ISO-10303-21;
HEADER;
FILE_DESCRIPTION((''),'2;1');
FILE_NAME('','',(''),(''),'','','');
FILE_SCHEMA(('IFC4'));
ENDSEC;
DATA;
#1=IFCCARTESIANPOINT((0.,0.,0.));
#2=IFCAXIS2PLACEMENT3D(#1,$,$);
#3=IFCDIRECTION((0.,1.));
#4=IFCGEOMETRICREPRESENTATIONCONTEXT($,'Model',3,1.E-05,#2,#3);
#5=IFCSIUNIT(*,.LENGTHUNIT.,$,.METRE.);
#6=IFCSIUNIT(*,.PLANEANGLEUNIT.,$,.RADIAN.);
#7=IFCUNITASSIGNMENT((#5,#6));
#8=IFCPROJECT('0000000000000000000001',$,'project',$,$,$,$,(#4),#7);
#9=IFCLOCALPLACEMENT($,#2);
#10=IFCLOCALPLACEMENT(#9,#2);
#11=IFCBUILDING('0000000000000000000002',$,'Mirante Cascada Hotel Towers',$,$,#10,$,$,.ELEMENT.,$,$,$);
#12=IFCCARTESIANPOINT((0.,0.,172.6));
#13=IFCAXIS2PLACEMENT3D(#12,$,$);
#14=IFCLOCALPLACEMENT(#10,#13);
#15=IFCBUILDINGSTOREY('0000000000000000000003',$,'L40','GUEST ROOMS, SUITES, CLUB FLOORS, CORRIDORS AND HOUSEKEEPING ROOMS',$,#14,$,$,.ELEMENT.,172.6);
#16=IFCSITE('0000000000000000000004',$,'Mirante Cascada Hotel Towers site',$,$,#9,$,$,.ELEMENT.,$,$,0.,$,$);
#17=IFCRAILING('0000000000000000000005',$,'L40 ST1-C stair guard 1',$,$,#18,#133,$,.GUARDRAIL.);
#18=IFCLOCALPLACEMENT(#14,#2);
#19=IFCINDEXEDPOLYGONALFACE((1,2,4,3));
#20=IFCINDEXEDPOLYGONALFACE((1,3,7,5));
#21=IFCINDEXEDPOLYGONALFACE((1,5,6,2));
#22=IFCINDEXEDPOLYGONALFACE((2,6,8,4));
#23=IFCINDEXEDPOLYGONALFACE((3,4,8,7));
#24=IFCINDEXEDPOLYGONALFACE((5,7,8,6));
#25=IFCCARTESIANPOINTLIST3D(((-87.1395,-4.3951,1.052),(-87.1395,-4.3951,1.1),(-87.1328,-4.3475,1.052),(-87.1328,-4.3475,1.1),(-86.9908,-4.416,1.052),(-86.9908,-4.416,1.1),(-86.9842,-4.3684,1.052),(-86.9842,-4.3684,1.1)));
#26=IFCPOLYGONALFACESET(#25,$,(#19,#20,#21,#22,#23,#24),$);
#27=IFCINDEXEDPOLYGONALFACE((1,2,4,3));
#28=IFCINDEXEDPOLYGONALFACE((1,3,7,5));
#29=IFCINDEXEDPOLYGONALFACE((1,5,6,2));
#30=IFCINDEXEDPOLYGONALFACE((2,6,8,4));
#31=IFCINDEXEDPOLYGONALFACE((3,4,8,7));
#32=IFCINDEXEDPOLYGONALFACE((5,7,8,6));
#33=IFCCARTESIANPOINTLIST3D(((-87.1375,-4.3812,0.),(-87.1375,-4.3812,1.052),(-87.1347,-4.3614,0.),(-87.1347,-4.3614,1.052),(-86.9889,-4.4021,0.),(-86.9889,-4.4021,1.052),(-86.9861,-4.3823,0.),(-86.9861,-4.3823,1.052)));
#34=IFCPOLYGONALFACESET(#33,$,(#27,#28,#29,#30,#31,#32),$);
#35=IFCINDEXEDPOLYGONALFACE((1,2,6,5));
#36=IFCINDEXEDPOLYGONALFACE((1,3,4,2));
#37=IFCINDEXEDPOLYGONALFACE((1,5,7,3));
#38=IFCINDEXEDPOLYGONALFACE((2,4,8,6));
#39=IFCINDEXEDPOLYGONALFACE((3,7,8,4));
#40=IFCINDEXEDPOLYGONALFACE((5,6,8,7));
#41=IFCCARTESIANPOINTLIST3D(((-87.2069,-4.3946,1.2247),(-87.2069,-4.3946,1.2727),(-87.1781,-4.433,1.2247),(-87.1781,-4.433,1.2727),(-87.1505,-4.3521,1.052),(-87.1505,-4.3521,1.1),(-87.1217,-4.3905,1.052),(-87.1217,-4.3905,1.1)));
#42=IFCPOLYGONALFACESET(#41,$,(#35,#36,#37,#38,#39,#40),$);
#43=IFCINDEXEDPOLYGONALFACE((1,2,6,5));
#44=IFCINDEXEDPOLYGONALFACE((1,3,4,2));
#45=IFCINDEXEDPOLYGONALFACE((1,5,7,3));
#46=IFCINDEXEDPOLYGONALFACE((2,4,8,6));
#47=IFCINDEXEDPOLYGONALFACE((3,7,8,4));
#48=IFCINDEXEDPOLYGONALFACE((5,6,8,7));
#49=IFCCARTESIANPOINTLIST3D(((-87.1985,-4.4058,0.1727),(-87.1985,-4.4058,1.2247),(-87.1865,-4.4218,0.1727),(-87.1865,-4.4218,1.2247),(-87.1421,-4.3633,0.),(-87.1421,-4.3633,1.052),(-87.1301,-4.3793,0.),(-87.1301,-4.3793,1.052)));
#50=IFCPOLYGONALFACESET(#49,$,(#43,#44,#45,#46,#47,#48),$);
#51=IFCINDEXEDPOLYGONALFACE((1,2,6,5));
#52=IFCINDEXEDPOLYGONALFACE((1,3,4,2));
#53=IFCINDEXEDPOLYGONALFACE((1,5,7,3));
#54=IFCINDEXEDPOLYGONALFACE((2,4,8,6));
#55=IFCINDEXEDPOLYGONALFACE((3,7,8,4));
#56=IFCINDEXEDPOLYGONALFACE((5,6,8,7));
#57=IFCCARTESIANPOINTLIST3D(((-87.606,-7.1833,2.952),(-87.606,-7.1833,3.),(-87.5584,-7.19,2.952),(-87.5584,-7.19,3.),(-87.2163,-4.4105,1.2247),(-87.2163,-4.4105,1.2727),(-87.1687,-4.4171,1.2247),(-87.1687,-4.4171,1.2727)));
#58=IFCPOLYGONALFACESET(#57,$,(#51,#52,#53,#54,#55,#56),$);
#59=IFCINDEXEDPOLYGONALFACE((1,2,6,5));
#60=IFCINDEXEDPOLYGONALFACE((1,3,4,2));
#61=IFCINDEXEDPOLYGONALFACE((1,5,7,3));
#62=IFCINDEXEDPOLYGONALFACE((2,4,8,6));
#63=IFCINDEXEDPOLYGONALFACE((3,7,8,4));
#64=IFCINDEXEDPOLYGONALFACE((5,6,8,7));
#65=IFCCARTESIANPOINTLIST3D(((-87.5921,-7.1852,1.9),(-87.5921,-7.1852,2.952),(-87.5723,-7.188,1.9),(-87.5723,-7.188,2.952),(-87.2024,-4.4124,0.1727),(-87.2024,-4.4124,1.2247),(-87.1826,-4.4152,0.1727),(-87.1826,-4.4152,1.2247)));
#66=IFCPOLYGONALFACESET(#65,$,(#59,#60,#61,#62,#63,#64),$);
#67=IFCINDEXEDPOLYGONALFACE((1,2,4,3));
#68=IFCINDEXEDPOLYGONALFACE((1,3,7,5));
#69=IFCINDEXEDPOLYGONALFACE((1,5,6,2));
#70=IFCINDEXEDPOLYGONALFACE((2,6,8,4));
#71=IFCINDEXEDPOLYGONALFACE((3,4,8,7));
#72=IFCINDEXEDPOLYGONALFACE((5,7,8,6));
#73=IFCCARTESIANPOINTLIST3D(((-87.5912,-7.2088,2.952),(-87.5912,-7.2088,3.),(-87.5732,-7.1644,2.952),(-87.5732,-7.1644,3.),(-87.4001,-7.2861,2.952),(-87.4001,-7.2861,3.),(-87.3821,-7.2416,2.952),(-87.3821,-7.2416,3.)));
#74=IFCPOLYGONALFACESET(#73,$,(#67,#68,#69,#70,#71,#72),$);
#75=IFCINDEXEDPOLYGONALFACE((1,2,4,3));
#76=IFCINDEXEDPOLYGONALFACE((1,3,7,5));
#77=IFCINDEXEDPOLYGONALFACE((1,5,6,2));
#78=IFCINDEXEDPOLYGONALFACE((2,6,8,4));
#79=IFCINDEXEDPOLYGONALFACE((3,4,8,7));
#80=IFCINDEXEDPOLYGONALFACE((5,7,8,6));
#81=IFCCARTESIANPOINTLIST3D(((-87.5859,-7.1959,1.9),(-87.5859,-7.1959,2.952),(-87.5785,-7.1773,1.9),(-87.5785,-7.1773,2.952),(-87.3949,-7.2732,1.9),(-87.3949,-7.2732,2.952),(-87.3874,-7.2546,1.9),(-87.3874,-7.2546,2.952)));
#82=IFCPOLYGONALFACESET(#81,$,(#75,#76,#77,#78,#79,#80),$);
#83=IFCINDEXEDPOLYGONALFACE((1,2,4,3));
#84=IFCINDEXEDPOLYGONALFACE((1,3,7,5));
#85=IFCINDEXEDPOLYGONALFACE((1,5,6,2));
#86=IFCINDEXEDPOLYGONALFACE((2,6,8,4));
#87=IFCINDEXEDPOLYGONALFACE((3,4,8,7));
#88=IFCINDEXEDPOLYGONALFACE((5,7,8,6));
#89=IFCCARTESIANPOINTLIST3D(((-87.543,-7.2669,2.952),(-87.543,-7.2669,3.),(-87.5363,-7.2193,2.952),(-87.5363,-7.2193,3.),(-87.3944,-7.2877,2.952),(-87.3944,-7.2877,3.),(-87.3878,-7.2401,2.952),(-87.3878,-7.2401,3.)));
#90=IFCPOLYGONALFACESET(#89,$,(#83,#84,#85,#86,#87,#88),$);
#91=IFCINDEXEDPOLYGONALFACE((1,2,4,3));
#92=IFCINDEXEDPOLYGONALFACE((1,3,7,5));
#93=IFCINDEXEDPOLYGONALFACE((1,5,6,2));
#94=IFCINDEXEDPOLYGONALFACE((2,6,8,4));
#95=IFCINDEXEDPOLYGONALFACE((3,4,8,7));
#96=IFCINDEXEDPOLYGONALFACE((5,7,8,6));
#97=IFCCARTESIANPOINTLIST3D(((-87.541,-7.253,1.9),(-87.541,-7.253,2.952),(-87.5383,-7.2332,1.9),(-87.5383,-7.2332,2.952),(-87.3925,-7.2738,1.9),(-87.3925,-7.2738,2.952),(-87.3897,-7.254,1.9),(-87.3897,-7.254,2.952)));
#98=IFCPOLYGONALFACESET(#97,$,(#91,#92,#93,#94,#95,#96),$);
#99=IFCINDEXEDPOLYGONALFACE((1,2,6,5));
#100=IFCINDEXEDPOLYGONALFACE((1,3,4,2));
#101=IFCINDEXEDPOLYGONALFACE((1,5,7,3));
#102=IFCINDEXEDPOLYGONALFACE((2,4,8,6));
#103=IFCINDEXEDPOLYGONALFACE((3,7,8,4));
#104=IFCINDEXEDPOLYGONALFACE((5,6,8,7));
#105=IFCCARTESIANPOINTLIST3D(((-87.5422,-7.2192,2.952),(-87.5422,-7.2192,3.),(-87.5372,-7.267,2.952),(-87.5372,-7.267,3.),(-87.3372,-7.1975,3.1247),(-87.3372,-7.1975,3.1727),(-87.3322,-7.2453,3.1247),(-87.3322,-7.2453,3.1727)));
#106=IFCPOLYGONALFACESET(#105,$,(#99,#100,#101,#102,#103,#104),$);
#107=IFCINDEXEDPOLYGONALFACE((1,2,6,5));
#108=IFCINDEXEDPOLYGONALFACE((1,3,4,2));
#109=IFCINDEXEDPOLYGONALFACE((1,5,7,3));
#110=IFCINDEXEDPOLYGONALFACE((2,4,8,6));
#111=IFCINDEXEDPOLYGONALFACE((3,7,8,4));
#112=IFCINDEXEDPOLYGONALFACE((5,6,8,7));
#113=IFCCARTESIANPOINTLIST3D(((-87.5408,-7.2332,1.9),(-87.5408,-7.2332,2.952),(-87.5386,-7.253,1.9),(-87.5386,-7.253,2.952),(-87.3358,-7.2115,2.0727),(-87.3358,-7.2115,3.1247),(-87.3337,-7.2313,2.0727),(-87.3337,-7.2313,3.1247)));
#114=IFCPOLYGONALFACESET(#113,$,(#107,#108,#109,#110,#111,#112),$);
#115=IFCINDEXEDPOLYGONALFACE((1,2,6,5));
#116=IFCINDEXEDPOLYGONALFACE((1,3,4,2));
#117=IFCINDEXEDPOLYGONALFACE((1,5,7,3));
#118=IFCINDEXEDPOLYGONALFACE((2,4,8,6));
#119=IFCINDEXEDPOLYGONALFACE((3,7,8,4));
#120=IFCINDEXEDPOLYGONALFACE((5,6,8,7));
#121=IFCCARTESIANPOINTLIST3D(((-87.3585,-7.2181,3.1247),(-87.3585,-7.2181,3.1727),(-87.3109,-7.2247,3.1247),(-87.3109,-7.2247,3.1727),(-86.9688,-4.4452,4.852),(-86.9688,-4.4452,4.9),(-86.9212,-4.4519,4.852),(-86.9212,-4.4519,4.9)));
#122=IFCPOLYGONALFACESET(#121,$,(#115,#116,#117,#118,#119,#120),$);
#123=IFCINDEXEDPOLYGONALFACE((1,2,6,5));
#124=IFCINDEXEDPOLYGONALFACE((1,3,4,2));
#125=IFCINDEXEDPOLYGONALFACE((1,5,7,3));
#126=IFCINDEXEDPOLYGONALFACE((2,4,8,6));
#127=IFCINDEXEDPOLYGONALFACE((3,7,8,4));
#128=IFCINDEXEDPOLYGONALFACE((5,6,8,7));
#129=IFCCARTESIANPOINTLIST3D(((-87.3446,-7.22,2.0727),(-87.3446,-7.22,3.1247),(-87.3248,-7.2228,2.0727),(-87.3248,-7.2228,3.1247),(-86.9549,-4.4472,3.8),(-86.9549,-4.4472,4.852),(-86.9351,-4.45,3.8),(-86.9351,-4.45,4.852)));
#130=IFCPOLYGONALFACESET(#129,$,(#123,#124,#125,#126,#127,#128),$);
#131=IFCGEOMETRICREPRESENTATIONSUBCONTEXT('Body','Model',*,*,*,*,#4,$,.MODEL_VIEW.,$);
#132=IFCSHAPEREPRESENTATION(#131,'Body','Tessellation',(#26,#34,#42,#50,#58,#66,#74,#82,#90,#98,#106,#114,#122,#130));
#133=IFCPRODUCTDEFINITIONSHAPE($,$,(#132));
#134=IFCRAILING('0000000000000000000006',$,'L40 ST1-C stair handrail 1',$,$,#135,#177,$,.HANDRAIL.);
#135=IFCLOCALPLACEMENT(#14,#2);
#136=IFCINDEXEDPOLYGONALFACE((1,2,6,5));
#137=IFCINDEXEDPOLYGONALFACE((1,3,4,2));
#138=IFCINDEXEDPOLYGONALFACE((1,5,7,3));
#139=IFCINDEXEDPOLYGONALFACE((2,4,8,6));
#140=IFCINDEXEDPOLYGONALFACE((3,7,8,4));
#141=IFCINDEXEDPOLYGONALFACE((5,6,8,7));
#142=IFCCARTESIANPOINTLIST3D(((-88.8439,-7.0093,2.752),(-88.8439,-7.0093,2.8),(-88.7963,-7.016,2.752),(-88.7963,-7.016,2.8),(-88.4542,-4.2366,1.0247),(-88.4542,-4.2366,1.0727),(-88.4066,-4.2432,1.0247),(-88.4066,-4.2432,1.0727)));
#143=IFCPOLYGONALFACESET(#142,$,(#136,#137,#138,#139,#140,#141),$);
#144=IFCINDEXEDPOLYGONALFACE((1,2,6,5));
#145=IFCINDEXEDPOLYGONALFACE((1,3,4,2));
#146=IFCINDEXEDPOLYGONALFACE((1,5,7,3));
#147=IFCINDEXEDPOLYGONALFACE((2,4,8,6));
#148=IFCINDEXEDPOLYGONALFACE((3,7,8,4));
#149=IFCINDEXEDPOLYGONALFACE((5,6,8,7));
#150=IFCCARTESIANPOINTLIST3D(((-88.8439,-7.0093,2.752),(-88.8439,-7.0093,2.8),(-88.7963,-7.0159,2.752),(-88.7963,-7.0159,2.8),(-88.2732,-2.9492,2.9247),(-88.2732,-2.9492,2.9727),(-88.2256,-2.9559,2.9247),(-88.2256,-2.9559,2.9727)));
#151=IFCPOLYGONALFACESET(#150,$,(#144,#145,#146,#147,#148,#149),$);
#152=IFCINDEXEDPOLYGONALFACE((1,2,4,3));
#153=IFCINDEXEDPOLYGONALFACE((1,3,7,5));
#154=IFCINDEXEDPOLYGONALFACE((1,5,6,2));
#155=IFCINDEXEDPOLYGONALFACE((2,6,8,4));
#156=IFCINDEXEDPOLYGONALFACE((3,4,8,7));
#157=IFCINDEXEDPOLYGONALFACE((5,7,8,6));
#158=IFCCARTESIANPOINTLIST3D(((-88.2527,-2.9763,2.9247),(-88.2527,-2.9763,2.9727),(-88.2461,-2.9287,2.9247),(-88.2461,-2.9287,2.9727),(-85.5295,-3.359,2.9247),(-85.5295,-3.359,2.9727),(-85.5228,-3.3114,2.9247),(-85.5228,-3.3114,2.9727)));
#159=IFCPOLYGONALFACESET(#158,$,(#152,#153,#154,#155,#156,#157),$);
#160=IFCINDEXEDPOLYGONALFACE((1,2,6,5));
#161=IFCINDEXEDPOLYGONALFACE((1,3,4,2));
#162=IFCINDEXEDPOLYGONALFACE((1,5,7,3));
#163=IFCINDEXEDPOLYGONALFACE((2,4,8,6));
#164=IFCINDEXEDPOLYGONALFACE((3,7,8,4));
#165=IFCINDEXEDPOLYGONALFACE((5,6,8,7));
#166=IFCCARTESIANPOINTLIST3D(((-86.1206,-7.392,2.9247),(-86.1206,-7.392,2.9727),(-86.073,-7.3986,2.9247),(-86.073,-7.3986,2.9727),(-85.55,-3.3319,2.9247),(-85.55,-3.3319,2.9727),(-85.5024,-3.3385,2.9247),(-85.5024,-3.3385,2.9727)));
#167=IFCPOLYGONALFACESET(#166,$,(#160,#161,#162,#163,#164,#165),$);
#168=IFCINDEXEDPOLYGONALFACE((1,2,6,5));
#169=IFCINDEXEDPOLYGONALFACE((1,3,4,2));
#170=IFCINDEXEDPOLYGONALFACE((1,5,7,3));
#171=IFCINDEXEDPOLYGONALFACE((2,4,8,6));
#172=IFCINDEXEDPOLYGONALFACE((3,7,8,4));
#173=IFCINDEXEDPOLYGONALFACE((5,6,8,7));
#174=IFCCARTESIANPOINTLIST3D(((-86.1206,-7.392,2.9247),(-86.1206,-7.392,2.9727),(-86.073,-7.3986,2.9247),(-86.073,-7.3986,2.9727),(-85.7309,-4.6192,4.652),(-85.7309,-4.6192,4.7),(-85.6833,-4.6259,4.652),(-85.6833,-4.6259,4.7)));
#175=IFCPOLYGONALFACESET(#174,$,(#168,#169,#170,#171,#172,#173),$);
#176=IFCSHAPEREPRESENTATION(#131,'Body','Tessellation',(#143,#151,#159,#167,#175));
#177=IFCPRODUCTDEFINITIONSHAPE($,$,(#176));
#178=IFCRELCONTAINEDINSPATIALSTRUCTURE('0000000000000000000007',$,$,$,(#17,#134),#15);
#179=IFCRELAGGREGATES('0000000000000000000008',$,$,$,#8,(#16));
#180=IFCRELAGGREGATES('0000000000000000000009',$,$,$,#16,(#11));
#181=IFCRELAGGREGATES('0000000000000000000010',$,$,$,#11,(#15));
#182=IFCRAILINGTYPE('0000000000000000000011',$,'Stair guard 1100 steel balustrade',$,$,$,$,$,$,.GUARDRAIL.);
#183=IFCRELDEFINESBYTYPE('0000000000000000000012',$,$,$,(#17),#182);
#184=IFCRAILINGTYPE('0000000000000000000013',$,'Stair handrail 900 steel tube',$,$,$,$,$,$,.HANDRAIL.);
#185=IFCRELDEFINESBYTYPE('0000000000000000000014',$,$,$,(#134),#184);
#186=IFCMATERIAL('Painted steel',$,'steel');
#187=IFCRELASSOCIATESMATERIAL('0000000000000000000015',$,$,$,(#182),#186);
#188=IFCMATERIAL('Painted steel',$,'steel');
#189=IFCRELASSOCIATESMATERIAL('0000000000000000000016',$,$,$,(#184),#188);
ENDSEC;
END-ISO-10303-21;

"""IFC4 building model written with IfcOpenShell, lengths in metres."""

from ifc_helpers import new_model, si_unit, direction, frame, origin, origin_2d, place, context, subcontext, project, spatial, rectangle, extrude, material, type_object, element, save


model = new_model("IFC4")

# Units and contexts
model_context = context("Model", 3, precision=1e-05, world=origin(), true_north=direction((0.0, 1.0)))
body_context = subcontext(model_context, "Body", "Model", "MODEL_VIEW")
ifc_project = project(units=[si_unit("LENGTHUNIT", "METRE"), si_unit("PLANEANGLEUNIT", "RADIAN")], contexts=[model_context])

# Site, building, storey
site_placement = place(None, origin())
site = spatial("IfcSite", under=ifc_project, at=site_placement, Name="Mirante Cascada Hotel Towers site", CompositionType="ELEMENT", RefElevation=0.0)
building_placement = place(site_placement, origin())
building = spatial("IfcBuilding", under=site, at=building_placement, Name="Mirante Cascada Hotel Towers", CompositionType="ELEMENT")
storey_placement = place(building_placement, frame((0.0, 0.0, 172.6)))
storey = spatial("IfcBuildingStorey", under=building, at=storey_placement, Name="L40", Description="GUEST ROOMS, SUITES, CLUB FLOORS, CORRIDORS AND HOUSEKEEPING ROOMS", CompositionType="ELEMENT", Elevation=172.6)

# Railings
ifc_material_1 = material(Name="Painted steel", Category="steel")
railing_type_1 = type_object("IfcRailingType", Name="Stair guard 1100 steel balustrade", PredefinedType="GUARDRAIL", material=ifc_material_1)
railing_1_placement = place(storey_placement, frame((-86.9875, -4.3922, 0.0)))
element("IfcRailing", 1, at=railing_1_placement, inside=storey, type_object=railing_type_1, Name="L40 ST1-C stair guard 1", PredefinedType="GUARDRAIL", context=body_context, shape_type="SweptSolid", body=[
    extrude(rectangle(XDim=0.048, YDim=0.048, at=origin_2d()), frame((0.0, 0.0, 1.076), z_axis=(-0.990254, 0.139275, 0.0), x_axis=(-0.139275, -0.990254, 0.0)), (0.0, 0.0, 1.0), 0.1501),
    extrude(rectangle(XDim=0.02, YDim=1.052, at=origin_2d()), frame((0.0, 0.0, 0.526), z_axis=(-0.990254, 0.139275, 0.0), x_axis=(-0.139275, -0.990254, 0.0)), (0.0, 0.0, 1.0), 0.1501),
    extrude(rectangle(XDim=0.048, YDim=0.048, at=origin_2d()), frame((-0.1486, 0.0209, 1.076), z_axis=(-0.798639, -0.601811, 0.0), x_axis=(0.601811, -0.798639, 0.0)), (0.0, 0.925603, 0.378496), 0.1866),
    extrude(rectangle(XDim=0.02, YDim=1.052, at=origin_2d()), frame((-0.1486, 0.0209, 0.526), z_axis=(-0.798639, -0.601811, 0.0), x_axis=(0.601811, -0.798639, 0.0)), (0.0, 0.925603, 0.378496), 0.1866),
    extrude(rectangle(XDim=0.048, YDim=0.048, at=origin_2d()), frame((-0.205, -0.0216, 1.2487), z_axis=(-0.139176, -0.990268, 0.0), x_axis=(0.990268, -0.139176, 0.0)), (0.0, 0.525021, 0.851089), 3.29),
    extrude(rectangle(XDim=0.02, YDim=1.052, at=origin_2d()), frame((-0.205, -0.0216, 0.6987), z_axis=(-0.139176, -0.990268, 0.0), x_axis=(0.990268, -0.139176, 0.0)), (0.0, 0.525021, 0.851089), 3.29),
    extrude(rectangle(XDim=0.048, YDim=0.048, at=origin_2d()), frame((-0.5947, -2.7944, 2.976), z_axis=(0.927031, -0.374984, 0.0), x_axis=(0.374984, 0.927031, 0.0)), (0.0, 0.0, 1.0), 0.2061),
    extrude(rectangle(XDim=0.02, YDim=1.052, at=origin_2d()), frame((-0.5947, -2.7944, 2.426), z_axis=(0.927031, -0.374984, 0.0), x_axis=(0.374984, 0.927031, 0.0)), (0.0, 0.0, 1.0), 0.2061),
    extrude(rectangle(XDim=0.048, YDim=0.048, at=origin_2d()), frame((-0.4036, -2.8717, 2.976), z_axis=(-0.990345, 0.138622, 0.0), x_axis=(-0.138622, -0.990345, 0.0)), (0.0, 0.0, 1.0), 0.15),
    extrude(rectangle(XDim=0.02, YDim=1.052, at=origin_2d()), frame((-0.4036, -2.8717, 2.426), z_axis=(-0.990345, 0.138622, 0.0), x_axis=(-0.138622, -0.990345, 0.0)), (0.0, 0.0, 1.0), 0.15),
    extrude(rectangle(XDim=0.048, YDim=0.048, at=origin_2d()), frame((-0.5522, -2.8509, 2.976), z_axis=(0.994444, 0.105266, 0.0), x_axis=(-0.105266, 0.994444, 0.0)), (0.0, 0.642184, 0.76655), 0.2689),
    extrude(rectangle(XDim=0.02, YDim=1.052, at=origin_2d()), frame((-0.5522, -2.8509, 2.426), z_axis=(0.994444, 0.105266, 0.0), x_axis=(-0.105266, 0.994444, 0.0)), (0.0, 0.642184, 0.76655), 0.2689),
    extrude(rectangle(XDim=0.048, YDim=0.048, at=origin_2d()), frame((-0.3472, -2.8292, 3.1487), z_axis=(0.139176, 0.990268, 0.0), x_axis=(-0.990268, 0.139176, 0.0)), (0.0, 0.525021, 0.851089), 3.29),
    extrude(rectangle(XDim=0.02, YDim=1.052, at=origin_2d()), frame((-0.3472, -2.8292, 2.5987), z_axis=(0.139176, 0.990268, 0.0), x_axis=(-0.990268, 0.139176, 0.0)), (0.0, 0.525021, 0.851089), 3.29),
])
ifc_material_2 = material(Name="Painted steel", Category="steel")
railing_type_2 = type_object("IfcRailingType", Name="Stair handrail 900 steel tube", PredefinedType="HANDRAIL", material=ifc_material_2)
railing_2_placement = place(storey_placement, frame((-88.4304, -4.2399, 0.1727)))
element("IfcRailing", 2, at=railing_2_placement, inside=storey, type_object=railing_type_2, Name="L40 ST1-C stair handrail 1", PredefinedType="HANDRAIL", context=body_context, shape_type="SweptSolid", body=[
    extrude(rectangle(XDim=0.048, YDim=0.048, at=origin_2d()), frame((0.0, 0.0, 0.876), z_axis=(-0.139181, -0.990267, 0.0), x_axis=(0.990267, -0.139181, 0.0)), (0.0, 0.525035, 0.851081), 3.2899),
    extrude(rectangle(XDim=0.048, YDim=0.048, at=origin_2d()), frame((-0.3897, -2.7727, 2.6033), z_axis=(0.139195, 0.990265, 0.0), x_axis=(-0.990265, 0.139195, 0.0)), (0.0, 0.042084, 0.999114), 4.1036),
    extrude(rectangle(XDim=0.048, YDim=0.048, at=origin_2d()), frame((0.181, 1.2874, 2.776), z_axis=(0.990269, -0.139166, 0.0), x_axis=(0.139166, 0.990269, 0.0)), (0.0, 0.0, 1.0), 2.75),
    extrude(rectangle(XDim=0.048, YDim=0.048, at=origin_2d()), frame((2.9042, 0.9047, 2.776), z_axis=(-0.139171, -0.990268, 0.0), x_axis=(0.990268, -0.139171, 0.0)), (0.0, 0.0, 1.0), 4.1),
    extrude(rectangle(XDim=0.048, YDim=0.048, at=origin_2d()), frame((2.3336, -3.1554, 2.776), z_axis=(0.139181, 0.990267, 0.0), x_axis=(-0.990267, 0.139181, 0.0)), (0.0, 0.525035, 0.851081), 3.2899),
])

save(model, "model.ifc")
